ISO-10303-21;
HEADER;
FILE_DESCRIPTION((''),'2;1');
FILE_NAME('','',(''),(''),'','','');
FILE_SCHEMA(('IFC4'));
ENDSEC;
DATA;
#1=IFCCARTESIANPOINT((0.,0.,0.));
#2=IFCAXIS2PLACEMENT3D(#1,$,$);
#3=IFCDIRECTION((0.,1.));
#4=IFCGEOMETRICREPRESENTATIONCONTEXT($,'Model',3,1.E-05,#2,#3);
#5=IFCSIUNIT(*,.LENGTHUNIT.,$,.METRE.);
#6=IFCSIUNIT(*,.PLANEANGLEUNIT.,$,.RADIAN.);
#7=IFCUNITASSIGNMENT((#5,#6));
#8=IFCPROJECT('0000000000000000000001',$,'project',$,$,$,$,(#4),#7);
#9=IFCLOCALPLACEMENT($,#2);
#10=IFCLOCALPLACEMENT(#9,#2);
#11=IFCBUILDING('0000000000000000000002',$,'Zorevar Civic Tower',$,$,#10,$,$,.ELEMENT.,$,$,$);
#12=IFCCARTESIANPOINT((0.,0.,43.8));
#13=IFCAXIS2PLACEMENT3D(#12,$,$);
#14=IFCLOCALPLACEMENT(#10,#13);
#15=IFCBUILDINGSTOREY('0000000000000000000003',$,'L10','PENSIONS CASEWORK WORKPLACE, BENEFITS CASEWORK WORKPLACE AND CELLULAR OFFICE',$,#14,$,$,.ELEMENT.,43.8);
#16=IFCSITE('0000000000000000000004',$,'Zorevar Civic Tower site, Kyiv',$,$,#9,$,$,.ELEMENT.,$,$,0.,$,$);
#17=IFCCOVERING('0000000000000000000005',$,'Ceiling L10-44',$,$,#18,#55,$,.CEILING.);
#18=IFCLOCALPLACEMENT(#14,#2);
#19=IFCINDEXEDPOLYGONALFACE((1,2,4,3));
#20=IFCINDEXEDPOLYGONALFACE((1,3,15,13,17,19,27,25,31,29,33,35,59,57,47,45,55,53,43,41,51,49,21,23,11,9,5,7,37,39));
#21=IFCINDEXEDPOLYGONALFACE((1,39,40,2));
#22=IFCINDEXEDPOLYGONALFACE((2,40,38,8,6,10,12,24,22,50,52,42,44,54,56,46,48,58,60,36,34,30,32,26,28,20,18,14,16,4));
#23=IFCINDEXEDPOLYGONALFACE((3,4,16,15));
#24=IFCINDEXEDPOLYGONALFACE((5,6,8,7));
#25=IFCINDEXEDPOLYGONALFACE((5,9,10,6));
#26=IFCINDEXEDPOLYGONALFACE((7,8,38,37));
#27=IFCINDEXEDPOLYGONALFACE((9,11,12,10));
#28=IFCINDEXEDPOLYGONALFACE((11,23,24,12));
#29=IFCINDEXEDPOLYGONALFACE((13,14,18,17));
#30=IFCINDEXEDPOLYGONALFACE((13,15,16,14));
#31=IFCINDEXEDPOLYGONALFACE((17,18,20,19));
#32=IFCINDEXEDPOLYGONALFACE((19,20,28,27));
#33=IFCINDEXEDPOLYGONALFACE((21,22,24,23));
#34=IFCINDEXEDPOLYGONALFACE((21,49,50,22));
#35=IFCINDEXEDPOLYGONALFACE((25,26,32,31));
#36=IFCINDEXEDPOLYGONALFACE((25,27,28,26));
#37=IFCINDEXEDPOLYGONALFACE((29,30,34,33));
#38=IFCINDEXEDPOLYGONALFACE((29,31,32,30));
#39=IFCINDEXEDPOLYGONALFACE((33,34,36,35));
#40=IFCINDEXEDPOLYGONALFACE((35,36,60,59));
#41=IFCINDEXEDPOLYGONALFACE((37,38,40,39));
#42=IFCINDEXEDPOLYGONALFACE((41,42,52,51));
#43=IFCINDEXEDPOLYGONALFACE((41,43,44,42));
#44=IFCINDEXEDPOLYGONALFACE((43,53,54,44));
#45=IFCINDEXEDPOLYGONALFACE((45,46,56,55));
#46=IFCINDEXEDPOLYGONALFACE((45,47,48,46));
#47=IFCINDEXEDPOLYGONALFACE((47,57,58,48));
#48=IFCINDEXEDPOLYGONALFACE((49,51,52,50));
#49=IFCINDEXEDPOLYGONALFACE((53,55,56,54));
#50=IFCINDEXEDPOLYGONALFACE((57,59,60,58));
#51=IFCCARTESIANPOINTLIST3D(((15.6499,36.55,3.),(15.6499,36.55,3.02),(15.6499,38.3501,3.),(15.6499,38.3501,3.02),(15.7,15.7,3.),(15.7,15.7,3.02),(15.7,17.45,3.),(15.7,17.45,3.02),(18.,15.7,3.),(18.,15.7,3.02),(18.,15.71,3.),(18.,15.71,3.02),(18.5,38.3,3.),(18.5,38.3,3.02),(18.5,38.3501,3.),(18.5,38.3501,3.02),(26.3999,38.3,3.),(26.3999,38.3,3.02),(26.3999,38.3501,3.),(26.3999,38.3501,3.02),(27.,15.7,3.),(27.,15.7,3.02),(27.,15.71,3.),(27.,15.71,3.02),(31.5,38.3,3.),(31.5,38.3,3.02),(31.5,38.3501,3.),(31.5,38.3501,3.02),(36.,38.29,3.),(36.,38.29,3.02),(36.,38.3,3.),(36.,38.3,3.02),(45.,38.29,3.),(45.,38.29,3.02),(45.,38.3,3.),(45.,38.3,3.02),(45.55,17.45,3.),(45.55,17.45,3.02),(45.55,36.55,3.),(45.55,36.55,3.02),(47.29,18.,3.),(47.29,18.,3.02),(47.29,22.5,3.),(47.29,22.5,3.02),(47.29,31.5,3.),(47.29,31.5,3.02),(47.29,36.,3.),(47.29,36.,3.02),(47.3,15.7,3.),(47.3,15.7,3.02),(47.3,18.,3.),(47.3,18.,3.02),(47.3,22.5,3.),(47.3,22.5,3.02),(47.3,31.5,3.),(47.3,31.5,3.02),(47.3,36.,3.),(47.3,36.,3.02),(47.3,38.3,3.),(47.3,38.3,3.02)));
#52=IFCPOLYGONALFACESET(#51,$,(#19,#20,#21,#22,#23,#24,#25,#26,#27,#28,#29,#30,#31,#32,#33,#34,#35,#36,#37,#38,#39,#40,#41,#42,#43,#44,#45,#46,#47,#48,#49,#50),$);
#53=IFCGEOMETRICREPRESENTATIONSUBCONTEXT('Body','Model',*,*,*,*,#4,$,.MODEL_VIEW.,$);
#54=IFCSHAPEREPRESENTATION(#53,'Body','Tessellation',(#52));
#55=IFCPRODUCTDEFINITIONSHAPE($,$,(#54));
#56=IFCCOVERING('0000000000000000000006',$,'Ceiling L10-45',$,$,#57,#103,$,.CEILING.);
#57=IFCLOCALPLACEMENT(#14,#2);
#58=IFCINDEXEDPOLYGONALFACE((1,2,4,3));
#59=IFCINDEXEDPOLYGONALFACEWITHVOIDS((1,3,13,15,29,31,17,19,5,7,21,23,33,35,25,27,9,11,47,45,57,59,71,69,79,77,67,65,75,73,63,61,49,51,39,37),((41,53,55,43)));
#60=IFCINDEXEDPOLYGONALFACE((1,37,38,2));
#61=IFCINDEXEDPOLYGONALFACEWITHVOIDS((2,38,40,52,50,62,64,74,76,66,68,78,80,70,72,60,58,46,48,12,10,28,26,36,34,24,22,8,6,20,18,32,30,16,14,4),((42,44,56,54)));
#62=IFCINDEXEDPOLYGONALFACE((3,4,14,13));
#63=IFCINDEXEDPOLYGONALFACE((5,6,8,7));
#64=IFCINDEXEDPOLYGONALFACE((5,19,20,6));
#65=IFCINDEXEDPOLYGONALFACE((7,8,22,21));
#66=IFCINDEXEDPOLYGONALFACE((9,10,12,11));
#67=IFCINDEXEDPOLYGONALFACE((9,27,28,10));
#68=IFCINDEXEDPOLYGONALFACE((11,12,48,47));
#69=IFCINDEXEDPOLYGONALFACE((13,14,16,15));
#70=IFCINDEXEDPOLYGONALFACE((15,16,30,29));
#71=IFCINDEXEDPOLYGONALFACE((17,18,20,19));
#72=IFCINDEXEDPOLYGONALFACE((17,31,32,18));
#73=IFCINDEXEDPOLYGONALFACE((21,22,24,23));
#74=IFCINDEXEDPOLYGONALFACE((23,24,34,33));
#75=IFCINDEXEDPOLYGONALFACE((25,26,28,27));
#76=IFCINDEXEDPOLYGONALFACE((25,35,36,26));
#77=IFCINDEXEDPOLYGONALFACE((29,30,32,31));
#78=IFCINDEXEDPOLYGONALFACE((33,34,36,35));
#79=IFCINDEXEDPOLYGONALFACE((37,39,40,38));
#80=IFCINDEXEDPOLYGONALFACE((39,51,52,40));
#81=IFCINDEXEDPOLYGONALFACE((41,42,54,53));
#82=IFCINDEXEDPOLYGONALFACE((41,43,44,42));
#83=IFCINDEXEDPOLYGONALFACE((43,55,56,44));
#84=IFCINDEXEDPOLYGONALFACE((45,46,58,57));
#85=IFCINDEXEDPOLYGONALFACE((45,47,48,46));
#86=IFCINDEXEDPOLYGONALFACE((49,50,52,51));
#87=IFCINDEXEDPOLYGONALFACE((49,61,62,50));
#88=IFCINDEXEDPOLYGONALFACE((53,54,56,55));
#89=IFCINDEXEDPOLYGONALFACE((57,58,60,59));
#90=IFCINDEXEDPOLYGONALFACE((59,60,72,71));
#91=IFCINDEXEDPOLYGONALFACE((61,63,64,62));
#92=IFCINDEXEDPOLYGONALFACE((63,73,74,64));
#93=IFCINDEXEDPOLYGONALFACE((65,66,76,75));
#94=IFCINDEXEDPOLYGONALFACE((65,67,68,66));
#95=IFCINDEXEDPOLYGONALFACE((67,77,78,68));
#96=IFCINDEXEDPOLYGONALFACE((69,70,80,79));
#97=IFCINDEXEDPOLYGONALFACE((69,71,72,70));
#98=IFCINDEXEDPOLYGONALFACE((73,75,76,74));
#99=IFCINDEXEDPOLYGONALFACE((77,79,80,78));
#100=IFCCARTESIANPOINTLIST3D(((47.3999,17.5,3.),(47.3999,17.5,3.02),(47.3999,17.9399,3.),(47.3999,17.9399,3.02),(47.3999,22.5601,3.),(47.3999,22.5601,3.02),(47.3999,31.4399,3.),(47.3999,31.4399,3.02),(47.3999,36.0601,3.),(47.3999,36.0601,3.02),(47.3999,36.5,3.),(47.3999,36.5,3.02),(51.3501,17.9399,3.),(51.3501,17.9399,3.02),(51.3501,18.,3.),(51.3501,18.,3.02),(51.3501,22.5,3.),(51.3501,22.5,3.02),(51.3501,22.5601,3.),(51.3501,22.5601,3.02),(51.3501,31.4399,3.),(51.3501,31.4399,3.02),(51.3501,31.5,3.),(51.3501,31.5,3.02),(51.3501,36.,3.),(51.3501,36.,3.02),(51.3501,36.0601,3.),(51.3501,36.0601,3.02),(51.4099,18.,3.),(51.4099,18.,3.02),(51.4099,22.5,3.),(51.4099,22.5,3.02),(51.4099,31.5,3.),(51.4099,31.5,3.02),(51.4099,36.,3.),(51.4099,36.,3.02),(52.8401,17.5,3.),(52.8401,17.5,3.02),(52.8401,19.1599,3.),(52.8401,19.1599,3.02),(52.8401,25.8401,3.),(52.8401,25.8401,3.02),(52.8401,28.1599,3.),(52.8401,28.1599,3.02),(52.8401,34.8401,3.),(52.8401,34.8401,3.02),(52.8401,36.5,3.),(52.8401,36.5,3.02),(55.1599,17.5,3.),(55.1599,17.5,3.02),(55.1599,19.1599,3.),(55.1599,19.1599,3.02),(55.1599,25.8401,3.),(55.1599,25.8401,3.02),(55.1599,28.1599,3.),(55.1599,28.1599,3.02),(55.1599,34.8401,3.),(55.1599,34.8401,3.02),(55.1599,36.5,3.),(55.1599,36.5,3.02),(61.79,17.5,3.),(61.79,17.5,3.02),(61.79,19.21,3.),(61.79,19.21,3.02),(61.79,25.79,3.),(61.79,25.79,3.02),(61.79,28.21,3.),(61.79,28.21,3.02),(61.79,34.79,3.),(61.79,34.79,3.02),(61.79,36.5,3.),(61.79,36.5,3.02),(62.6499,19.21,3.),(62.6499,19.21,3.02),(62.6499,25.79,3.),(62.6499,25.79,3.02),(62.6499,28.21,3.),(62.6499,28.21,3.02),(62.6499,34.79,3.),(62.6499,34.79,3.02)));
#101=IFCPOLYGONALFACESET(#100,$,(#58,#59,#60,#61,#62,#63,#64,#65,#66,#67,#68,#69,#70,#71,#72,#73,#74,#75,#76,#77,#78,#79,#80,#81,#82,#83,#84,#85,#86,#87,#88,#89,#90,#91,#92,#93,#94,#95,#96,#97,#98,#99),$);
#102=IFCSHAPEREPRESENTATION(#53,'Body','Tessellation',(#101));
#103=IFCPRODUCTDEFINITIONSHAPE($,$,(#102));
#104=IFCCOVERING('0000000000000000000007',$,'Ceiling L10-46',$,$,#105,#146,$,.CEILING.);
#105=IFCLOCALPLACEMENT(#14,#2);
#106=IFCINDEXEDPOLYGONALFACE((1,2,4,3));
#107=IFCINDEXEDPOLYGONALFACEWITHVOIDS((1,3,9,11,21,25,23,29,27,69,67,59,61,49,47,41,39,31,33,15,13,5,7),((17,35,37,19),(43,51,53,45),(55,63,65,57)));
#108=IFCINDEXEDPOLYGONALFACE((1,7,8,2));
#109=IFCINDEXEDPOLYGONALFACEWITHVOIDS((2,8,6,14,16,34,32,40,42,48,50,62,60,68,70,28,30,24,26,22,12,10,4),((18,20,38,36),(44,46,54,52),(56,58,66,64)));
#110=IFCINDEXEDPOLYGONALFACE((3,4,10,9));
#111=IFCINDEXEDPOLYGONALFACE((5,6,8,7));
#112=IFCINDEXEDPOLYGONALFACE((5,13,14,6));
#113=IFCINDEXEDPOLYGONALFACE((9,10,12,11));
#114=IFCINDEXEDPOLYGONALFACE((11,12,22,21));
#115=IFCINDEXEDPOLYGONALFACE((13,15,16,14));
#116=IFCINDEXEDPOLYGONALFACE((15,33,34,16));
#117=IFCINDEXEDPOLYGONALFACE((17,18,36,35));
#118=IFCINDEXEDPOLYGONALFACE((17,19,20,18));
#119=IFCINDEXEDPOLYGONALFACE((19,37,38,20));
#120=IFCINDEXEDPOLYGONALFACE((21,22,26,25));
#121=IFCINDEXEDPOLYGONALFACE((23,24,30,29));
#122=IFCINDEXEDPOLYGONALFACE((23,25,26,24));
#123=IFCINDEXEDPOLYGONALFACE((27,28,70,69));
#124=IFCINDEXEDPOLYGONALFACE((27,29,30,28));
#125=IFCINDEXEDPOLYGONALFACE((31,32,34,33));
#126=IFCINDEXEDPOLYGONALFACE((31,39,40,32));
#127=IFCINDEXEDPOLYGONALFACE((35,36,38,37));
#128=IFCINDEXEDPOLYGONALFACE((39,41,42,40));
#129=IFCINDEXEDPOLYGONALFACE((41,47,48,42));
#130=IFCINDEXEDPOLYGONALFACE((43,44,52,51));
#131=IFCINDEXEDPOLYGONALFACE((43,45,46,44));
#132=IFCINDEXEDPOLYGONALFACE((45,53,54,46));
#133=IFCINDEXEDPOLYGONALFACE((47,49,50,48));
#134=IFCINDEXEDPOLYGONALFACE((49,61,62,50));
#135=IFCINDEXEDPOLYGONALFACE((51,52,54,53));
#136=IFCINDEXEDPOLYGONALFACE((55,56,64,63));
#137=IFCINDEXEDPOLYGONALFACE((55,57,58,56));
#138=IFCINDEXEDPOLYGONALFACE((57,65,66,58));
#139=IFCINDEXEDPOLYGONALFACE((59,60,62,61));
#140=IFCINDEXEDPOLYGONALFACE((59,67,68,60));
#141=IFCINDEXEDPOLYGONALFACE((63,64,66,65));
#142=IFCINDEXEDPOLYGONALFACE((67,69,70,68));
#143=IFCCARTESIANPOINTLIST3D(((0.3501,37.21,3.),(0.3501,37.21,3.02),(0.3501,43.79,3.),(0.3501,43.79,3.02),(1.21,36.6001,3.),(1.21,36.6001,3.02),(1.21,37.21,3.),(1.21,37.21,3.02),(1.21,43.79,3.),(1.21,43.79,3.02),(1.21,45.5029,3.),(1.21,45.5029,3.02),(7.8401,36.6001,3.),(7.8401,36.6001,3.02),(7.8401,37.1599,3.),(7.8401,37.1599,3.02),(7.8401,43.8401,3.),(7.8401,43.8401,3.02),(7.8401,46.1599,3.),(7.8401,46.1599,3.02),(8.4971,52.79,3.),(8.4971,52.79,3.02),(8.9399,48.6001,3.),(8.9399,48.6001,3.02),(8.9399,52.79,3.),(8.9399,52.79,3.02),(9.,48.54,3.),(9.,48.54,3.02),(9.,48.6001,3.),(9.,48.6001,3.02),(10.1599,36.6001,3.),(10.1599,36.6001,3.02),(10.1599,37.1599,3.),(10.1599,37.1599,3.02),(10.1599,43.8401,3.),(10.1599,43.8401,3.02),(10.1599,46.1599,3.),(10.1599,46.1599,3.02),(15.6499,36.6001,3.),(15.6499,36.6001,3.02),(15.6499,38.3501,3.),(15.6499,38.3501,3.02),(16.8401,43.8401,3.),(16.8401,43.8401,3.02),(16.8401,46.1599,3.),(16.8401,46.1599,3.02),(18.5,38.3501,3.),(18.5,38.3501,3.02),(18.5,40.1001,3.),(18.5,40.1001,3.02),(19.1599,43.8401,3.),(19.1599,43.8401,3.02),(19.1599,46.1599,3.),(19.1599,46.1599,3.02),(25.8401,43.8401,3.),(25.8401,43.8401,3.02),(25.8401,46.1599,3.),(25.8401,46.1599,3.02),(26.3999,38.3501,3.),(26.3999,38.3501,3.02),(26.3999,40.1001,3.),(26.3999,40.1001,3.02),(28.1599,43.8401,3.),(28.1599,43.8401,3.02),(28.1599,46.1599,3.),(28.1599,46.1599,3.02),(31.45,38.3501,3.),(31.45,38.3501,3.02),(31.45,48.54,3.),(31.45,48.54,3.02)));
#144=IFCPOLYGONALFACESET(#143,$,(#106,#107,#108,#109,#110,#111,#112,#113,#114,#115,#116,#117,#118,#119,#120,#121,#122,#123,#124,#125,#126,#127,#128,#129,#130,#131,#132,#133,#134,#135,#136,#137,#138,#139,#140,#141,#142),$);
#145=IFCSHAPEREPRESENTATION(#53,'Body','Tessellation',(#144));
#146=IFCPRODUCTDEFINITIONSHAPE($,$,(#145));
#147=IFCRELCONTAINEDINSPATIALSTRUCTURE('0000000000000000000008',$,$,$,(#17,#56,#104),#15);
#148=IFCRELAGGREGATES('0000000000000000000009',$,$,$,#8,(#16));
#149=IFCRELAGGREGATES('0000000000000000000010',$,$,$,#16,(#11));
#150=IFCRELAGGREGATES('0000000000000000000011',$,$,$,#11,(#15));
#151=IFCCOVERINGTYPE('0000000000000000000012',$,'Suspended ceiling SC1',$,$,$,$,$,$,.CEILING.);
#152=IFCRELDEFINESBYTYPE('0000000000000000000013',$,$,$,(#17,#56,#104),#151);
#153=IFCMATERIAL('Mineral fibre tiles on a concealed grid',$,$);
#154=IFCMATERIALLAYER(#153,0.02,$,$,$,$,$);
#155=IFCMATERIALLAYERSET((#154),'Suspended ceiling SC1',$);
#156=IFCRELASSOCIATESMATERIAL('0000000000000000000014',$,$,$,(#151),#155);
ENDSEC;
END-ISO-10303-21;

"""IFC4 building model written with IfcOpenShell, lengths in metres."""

from ifc_helpers import new_model, si_unit, direction, frame, origin, place, context, subcontext, project, spatial, polyline, outline, extrude, material, layer, layer_set, type_object, element, save


model = new_model("IFC4")

# Units and contexts
model_context = context("Model", 3, precision=1e-05, world=origin(), true_north=direction((0.0, 1.0)))
body_context = subcontext(model_context, "Body", "Model", "MODEL_VIEW")
ifc_project = project(units=[si_unit("LENGTHUNIT", "METRE"), si_unit("PLANEANGLEUNIT", "RADIAN")], contexts=[model_context])

# Site, building, storey
site_placement = place(None, origin())
site = spatial("IfcSite", under=ifc_project, at=site_placement, Name="Zorevar Civic Tower site, Kyiv", CompositionType="ELEMENT", RefElevation=0.0)
building_placement = place(site_placement, origin())
building = spatial("IfcBuilding", under=site, at=building_placement, Name="Zorevar Civic Tower", CompositionType="ELEMENT")
storey_placement = place(building_placement, frame((0.0, 0.0, 43.8)))
storey = spatial("IfcBuildingStorey", under=building, at=storey_placement, Name="L10", Description="PENSIONS CASEWORK WORKPLACE, BENEFITS CASEWORK WORKPLACE AND CELLULAR OFFICE", CompositionType="ELEMENT", Elevation=43.8)

# Coverings
ifc_material_1 = material(Name="Mineral fibre tiles on a concealed grid")
ifc_layer_1 = layer(ifc_material_1, 0.02)
ifc_layer_set_1 = layer_set([ifc_layer_1], Name="Suspended ceiling SC1")
covering_type_1 = type_object("IfcCoveringType", Name="Suspended ceiling SC1", PredefinedType="CEILING", material=ifc_layer_set_1)
covering_1_placement = place(storey_placement, frame((0.0, 0.0, 3.0)))
element("IfcCovering", 1, at=covering_1_placement, inside=storey, type_object=covering_type_1, Name="Ceiling L10-44", PredefinedType="CEILING", context=body_context, shape_type="SweptSolid", body=[
    extrude(outline(polyline([(15.6499, 36.55), (15.6499, 38.3501), (18.5, 38.3501), (18.5, 38.3), (26.3999, 38.3), (26.3999, 38.3501), (31.5, 38.3501), (31.5, 38.3), (36.0, 38.3), (36.0, 38.29), (45.0, 38.29), (45.0, 38.3), (47.3, 38.3), (47.3, 36.0), (47.29, 36.0), (47.29, 31.5), (47.3, 31.5), (47.3, 22.5), (47.29, 22.5), (47.29, 18.0), (47.3, 18.0), (47.3, 15.7), (27.0, 15.7), (27.0, 15.71), (18.0, 15.71), (18.0, 15.7), (15.7, 15.7), (15.7, 17.45), (45.55, 17.45), (45.55, 36.55), (15.6499, 36.55)])), origin(), (0.0, 0.0, 1.0), 0.02),
])
covering_2_placement = place(storey_placement, frame((0.0, 0.0, 3.0)))
element("IfcCovering", 2, at=covering_2_placement, inside=storey, type_object=covering_type_1, Name="Ceiling L10-45", PredefinedType="CEILING", context=body_context, shape_type="SweptSolid", body=[
    extrude(outline(polyline([(51.4099, 36.0), (51.3501, 36.0), (51.3501, 36.0601), (47.3999, 36.0601), (47.3999, 36.5), (52.8401, 36.5), (52.8401, 34.8401), (55.1599, 34.8401), (55.1599, 36.5), (61.79, 36.5), (61.79, 34.79), (62.6499, 34.79), (62.6499, 28.21), (61.79, 28.21), (61.79, 25.79), (62.6499, 25.79), (62.6499, 19.21), (61.79, 19.21), (61.79, 17.5), (55.1599, 17.5), (55.1599, 19.1599), (52.8401, 19.1599), (52.8401, 17.5), (47.3999, 17.5), (47.3999, 17.9399), (51.3501, 17.9399), (51.3501, 18.0), (51.4099, 18.0), (51.4099, 22.5), (51.3501, 22.5), (51.3501, 22.5601), (47.3999, 22.5601), (47.3999, 31.4399), (51.3501, 31.4399), (51.3501, 31.5), (51.4099, 31.5), (51.4099, 36.0)]), holes=[polyline([(55.1599, 28.1599), (52.8401, 28.1599), (52.8401, 25.8401), (55.1599, 25.8401), (55.1599, 28.1599)])]), origin(), (0.0, 0.0, 1.0), 0.02),
])
covering_3_placement = place(storey_placement, frame((0.0, 0.0, 3.0)))
element("IfcCovering", 3, at=covering_3_placement, inside=storey, type_object=covering_type_1, Name="Ceiling L10-46", PredefinedType="CEILING", context=body_context, shape_type="SweptSolid", body=[
    extrude(outline(polyline([(31.45, 48.54), (31.45, 38.3501), (26.3999, 38.3501), (26.3999, 40.1001), (18.5, 40.1001), (18.5, 38.3501), (15.6499, 38.3501), (15.6499, 36.6001), (10.1599, 36.6001), (10.1599, 37.1599), (7.8401, 37.1599), (7.8401, 36.6001), (1.21, 36.6001), (1.21, 37.21), (0.3501, 37.21), (0.3501, 43.79), (1.21, 43.79), (1.21, 45.5029), (8.4971, 52.79), (8.9399, 52.79), (8.9399, 48.6001), (9.0, 48.6001), (9.0, 48.54), (31.45, 48.54)]), holes=[polyline([(10.1599, 46.1599), (7.8401, 46.1599), (7.8401, 43.8401), (10.1599, 43.8401), (10.1599, 46.1599)]), polyline([(16.8401, 43.8401), (19.1599, 43.8401), (19.1599, 46.1599), (16.8401, 46.1599), (16.8401, 43.8401)]), polyline([(25.8401, 46.1599), (25.8401, 43.8401), (28.1599, 43.8401), (28.1599, 46.1599), (25.8401, 46.1599)])]), origin(), (0.0, 0.0, 1.0), 0.02),
])

save(model, "model.ifc")
